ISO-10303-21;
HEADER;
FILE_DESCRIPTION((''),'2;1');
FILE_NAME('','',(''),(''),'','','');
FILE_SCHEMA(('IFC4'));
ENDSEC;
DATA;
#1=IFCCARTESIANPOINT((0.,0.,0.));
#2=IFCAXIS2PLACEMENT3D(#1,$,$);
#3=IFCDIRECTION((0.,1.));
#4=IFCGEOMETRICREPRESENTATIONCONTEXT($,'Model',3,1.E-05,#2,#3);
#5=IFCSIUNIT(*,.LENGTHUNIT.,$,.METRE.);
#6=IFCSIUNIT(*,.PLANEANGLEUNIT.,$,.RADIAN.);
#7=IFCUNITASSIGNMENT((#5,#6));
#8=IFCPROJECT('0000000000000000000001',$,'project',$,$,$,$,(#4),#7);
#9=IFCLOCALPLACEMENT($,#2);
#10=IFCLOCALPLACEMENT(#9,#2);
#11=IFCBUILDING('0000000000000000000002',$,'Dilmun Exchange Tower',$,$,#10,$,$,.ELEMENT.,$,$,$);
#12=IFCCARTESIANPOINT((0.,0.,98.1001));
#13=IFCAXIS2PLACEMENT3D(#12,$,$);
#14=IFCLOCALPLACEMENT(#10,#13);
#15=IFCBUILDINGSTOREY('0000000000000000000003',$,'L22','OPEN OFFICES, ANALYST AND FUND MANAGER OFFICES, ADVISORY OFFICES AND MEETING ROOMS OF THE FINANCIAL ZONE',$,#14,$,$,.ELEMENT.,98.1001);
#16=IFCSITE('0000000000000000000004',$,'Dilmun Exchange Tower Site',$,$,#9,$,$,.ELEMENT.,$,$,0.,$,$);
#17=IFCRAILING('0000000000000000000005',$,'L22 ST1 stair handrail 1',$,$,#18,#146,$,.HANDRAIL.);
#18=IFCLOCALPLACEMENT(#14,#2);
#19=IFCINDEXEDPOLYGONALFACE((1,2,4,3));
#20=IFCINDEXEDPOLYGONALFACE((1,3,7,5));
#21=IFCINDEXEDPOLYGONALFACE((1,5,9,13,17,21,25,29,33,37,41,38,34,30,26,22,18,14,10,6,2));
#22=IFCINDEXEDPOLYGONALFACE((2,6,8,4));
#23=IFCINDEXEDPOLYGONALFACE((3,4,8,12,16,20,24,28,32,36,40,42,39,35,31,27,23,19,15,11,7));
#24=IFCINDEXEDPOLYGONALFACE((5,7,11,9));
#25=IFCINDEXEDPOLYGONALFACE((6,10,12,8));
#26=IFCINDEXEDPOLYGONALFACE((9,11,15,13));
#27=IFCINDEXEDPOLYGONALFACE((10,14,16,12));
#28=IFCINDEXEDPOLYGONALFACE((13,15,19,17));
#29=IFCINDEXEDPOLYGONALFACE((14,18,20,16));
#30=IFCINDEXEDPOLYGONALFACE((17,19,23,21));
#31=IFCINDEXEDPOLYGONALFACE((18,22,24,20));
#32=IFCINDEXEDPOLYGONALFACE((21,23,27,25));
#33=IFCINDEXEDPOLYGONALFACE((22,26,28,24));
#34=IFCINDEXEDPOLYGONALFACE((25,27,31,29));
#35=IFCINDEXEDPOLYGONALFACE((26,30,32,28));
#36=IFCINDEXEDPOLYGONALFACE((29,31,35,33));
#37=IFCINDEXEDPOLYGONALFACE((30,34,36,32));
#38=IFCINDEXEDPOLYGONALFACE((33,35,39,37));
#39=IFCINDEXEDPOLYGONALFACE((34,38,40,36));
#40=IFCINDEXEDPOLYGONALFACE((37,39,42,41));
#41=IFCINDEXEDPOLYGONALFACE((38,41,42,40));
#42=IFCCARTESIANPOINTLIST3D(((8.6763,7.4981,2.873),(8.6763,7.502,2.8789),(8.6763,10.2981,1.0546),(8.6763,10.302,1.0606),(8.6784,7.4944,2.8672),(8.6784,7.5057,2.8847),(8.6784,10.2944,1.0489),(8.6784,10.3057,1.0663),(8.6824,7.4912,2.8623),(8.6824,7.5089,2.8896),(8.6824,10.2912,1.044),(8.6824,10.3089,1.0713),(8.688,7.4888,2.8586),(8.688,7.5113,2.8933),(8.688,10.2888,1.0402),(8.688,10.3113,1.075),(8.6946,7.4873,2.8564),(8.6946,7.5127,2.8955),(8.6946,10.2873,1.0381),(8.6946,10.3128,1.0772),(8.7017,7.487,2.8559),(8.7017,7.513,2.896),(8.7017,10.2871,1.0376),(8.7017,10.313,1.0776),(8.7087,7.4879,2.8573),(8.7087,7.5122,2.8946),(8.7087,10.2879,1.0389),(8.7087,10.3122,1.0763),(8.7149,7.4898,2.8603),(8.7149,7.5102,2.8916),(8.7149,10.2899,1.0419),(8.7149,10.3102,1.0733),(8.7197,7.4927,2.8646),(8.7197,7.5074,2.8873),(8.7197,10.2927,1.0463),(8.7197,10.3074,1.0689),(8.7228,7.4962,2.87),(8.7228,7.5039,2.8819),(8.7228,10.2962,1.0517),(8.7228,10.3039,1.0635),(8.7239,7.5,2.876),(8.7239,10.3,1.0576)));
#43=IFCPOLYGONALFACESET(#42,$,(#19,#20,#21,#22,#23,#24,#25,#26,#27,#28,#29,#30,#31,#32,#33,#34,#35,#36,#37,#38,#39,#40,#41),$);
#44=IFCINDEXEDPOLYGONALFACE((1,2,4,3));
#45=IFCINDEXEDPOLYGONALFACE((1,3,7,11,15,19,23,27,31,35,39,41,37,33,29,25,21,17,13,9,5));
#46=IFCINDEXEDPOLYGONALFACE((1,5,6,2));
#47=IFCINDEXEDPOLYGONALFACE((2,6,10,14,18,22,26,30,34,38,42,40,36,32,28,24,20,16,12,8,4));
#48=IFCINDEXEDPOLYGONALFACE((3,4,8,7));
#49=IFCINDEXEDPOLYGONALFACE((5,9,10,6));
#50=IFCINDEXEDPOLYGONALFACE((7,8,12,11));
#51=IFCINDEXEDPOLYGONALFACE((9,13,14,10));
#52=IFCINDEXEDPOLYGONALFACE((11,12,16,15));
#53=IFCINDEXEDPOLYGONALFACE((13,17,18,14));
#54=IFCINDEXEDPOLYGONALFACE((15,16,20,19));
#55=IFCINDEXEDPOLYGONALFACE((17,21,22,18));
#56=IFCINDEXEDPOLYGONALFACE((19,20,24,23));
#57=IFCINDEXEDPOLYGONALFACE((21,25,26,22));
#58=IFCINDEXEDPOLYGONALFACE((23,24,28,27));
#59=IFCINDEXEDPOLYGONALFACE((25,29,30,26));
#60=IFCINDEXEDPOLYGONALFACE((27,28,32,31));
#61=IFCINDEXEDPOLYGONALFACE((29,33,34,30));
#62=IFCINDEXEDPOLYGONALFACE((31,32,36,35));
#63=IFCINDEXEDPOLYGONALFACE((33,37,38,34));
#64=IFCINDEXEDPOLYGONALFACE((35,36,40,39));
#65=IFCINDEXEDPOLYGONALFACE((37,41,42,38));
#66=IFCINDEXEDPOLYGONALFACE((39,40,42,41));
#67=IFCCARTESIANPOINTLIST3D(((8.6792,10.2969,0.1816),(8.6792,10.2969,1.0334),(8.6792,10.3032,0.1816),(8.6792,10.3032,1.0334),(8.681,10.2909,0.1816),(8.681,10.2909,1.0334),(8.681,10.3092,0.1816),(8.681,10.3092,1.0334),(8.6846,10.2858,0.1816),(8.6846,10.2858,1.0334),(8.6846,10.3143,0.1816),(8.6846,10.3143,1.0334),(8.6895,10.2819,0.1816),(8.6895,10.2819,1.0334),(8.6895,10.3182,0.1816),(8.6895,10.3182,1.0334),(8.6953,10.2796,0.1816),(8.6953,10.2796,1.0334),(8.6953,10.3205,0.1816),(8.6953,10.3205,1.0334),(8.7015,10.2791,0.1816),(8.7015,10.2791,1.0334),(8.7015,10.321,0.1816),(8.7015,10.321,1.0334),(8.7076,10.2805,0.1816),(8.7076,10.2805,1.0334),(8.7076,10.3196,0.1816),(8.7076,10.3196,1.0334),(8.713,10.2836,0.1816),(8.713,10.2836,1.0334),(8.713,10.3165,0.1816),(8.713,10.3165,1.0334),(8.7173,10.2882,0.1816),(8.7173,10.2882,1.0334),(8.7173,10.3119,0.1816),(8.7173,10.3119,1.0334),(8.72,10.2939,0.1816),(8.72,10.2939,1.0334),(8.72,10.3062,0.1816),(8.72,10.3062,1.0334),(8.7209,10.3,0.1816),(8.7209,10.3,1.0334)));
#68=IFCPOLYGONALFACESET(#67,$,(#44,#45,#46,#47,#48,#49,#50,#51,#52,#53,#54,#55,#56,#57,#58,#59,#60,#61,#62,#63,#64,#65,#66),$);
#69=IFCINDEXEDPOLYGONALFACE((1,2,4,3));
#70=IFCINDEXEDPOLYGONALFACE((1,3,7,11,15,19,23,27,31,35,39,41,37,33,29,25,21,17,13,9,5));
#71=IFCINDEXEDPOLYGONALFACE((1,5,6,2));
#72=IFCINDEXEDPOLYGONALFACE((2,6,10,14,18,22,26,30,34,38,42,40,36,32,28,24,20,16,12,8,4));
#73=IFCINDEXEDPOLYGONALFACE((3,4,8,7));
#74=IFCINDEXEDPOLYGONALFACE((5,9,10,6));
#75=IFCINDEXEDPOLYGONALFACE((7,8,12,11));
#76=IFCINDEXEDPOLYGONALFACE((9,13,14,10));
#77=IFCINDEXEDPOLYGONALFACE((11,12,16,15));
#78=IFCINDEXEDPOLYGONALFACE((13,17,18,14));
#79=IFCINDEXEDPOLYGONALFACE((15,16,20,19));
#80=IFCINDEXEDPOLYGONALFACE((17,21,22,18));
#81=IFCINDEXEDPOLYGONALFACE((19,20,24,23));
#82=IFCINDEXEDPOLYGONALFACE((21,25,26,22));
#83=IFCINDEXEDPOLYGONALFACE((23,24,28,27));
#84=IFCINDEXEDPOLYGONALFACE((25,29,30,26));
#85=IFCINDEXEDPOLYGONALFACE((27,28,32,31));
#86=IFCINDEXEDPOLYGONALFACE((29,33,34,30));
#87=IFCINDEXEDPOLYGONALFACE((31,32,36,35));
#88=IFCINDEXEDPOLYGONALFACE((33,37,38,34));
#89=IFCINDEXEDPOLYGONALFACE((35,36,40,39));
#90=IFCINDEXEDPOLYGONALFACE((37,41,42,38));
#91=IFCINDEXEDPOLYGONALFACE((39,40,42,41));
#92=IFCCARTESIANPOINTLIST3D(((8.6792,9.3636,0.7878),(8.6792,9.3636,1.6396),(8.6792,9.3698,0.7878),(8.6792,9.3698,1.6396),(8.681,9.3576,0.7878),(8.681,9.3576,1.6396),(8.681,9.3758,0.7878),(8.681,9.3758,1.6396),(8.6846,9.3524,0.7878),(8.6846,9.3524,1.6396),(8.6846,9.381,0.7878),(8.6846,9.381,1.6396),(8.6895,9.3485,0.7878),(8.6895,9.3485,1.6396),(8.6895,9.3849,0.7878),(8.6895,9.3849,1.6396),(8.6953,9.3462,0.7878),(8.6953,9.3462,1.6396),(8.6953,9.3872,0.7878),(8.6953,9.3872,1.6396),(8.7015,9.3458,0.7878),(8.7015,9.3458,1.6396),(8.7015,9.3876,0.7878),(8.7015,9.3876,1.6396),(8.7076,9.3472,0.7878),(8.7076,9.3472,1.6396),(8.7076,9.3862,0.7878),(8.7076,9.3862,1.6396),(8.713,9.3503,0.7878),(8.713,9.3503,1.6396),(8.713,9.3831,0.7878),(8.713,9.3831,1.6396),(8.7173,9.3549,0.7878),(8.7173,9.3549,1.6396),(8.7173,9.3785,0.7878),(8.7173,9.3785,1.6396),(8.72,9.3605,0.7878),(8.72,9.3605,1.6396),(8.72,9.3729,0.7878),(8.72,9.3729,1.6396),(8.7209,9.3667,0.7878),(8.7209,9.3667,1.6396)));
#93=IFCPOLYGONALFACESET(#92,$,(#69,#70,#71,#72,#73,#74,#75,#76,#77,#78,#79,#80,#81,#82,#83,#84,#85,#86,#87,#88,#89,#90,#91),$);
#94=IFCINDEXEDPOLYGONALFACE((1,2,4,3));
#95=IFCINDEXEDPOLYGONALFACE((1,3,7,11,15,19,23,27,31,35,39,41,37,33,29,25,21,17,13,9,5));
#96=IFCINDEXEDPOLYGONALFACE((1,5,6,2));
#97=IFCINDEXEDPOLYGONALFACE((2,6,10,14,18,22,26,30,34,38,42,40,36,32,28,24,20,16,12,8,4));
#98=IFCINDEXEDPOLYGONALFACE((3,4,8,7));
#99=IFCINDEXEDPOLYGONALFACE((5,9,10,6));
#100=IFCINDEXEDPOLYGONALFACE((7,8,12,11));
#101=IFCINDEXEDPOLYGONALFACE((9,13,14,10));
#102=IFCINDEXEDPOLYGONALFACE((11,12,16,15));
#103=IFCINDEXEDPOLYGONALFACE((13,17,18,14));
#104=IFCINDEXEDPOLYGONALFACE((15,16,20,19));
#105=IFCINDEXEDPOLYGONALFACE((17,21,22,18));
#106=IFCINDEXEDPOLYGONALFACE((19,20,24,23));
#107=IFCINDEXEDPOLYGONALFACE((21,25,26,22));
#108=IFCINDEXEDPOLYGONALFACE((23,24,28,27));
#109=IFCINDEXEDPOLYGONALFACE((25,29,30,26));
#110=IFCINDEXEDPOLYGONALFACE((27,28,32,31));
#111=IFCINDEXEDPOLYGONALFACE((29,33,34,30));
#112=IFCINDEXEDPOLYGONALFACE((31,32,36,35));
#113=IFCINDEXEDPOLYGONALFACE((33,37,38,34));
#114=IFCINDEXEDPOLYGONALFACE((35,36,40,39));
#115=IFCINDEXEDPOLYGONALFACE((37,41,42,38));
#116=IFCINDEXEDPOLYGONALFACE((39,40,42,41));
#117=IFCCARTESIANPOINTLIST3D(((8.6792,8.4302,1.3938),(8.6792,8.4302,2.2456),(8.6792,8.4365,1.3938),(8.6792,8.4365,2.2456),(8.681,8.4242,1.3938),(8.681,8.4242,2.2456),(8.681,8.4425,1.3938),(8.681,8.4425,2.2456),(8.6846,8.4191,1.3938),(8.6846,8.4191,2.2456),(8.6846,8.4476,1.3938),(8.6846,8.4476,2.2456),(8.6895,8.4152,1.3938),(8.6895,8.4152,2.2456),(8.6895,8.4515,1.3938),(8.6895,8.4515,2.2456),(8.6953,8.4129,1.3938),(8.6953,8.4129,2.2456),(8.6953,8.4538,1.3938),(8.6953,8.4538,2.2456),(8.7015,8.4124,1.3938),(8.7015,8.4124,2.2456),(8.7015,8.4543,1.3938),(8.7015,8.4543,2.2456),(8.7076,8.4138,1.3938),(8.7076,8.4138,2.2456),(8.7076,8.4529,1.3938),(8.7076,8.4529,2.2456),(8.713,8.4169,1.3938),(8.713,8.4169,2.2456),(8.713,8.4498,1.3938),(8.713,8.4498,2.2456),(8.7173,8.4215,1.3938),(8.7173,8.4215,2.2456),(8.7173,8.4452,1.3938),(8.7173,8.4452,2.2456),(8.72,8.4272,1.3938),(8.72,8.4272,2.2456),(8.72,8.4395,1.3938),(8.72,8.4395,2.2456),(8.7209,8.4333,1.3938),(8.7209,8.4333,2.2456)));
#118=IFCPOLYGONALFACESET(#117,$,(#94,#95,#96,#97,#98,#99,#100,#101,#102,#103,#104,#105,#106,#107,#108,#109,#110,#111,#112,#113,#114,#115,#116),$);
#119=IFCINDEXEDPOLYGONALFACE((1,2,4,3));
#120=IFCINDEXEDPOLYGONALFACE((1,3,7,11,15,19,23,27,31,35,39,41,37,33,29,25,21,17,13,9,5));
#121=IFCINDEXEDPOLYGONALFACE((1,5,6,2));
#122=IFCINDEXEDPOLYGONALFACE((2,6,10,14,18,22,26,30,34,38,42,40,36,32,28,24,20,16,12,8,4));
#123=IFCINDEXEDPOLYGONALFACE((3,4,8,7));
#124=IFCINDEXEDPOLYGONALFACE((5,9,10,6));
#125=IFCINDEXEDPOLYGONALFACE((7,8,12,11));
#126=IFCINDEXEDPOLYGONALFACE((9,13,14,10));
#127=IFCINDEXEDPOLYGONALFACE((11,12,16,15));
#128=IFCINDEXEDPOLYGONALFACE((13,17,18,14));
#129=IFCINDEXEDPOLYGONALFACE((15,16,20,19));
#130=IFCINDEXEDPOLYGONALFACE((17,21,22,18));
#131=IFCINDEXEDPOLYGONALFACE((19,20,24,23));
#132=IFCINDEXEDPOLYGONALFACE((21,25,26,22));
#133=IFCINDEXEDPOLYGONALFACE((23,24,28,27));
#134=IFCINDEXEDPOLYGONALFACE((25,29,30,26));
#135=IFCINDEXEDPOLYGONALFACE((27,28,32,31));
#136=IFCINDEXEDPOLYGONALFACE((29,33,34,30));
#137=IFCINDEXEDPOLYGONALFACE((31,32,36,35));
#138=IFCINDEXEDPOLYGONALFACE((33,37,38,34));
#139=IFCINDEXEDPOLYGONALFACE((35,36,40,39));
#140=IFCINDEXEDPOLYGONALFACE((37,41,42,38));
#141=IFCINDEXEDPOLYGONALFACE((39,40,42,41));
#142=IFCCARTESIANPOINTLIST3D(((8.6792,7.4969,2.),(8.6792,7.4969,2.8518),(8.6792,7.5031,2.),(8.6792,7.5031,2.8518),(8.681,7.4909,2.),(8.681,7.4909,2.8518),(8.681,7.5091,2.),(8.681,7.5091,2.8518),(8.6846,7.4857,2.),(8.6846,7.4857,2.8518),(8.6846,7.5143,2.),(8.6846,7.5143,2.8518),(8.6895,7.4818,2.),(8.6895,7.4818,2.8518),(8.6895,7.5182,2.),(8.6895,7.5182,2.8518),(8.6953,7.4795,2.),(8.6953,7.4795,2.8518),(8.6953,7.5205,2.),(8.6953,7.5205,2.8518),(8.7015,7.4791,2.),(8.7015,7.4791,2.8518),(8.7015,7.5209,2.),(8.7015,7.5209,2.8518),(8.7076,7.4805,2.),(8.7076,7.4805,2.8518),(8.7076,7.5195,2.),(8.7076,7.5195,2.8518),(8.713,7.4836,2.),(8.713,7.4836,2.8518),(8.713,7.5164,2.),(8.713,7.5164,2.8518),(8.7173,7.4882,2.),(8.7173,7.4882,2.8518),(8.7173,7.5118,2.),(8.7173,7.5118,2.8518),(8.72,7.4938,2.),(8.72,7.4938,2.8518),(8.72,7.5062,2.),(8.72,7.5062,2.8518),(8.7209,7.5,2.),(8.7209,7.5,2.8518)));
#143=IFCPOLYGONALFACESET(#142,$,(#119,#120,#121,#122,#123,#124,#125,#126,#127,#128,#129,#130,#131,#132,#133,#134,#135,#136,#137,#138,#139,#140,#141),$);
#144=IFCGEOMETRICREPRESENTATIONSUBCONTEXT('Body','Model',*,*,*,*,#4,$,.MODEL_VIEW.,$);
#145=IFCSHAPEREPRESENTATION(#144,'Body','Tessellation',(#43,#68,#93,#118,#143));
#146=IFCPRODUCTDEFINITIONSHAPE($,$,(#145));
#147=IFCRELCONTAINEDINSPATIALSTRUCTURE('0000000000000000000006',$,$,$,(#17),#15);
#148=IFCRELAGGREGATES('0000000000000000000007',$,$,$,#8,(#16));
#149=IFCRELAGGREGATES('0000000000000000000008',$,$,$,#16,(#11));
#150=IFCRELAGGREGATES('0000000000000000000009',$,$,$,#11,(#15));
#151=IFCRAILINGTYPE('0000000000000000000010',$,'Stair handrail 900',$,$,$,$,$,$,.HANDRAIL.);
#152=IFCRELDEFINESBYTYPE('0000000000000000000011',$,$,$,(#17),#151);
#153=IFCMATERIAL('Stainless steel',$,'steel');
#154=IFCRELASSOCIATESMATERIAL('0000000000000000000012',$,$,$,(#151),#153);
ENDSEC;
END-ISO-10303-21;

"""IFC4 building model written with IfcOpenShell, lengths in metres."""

from ifc_helpers import new_model, si_unit, direction, frame, origin, origin_2d, place, context, subcontext, project, spatial, circle, extrude, material, type_object, element, save


model = new_model("IFC4")

# Units and contexts
model_context = context("Model", 3, precision=1e-05, world=origin(), true_north=direction((0.0, 1.0)))
body_context = subcontext(model_context, "Body", "Model", "MODEL_VIEW")
ifc_project = project(units=[si_unit("LENGTHUNIT", "METRE"), si_unit("PLANEANGLEUNIT", "RADIAN")], contexts=[model_context])

# Site, building, storey
site_placement = place(None, origin())
site = spatial("IfcSite", under=ifc_project, at=site_placement, Name="Dilmun Exchange Tower Site", CompositionType="ELEMENT", RefElevation=0.0)
building_placement = place(site_placement, origin())
building = spatial("IfcBuilding", under=site, at=building_placement, Name="Dilmun Exchange Tower", CompositionType="ELEMENT")
storey_placement = place(building_placement, frame((0.0, 0.0, 98.1001)))
storey = spatial("IfcBuildingStorey", under=building, at=storey_placement, Name="L22", Description="OPEN OFFICES, ANALYST AND FUND MANAGER OFFICES, ADVISORY OFFICES AND MEETING ROOMS OF THE FINANCIAL ZONE", CompositionType="ELEMENT", Elevation=98.1001)

# Railing
ifc_material_1 = material(Name="Stainless steel", Category="steel")
railing_type = type_object("IfcRailingType", Name="Stair handrail 900", PredefinedType="HANDRAIL", material=ifc_material_1)
railing_1_placement = place(storey_placement, frame((8.7, 10.3, 0.1816)))
element("IfcRailing", 1, at=railing_1_placement, inside=storey, type_object=railing_type, Name="L22 ST1 stair handrail 1", PredefinedType="HANDRAIL", context=body_context, shape_type="SweptSolid", body=[
    extrude(circle(Radius=0.0239, at=origin_2d()), frame((0.0, 0.0, 0.876), z_axis=(0.0, -0.838672, 0.544636), x_axis=(1.0, 0.0, 0.0)), (0.0, 0.0, 1.0), 3.3386),
    extrude(circle(Radius=0.021, at=origin_2d()), origin(), (0.0, 0.0, 1.0), 0.8518),
    extrude(circle(Radius=0.021, at=origin_2d()), frame((0.0, -0.9333, 0.6062)), (0.0, 0.0, 1.0), 0.8518),
    extrude(circle(Radius=0.021, at=origin_2d()), frame((0.0, -1.8667, 1.2122)), (0.0, 0.0, 1.0), 0.8518),
    extrude(circle(Radius=0.021, at=origin_2d()), frame((0.0, -2.8, 1.8184)), (0.0, 0.0, 1.0), 0.8518),
])

save(model, "model.ifc")
